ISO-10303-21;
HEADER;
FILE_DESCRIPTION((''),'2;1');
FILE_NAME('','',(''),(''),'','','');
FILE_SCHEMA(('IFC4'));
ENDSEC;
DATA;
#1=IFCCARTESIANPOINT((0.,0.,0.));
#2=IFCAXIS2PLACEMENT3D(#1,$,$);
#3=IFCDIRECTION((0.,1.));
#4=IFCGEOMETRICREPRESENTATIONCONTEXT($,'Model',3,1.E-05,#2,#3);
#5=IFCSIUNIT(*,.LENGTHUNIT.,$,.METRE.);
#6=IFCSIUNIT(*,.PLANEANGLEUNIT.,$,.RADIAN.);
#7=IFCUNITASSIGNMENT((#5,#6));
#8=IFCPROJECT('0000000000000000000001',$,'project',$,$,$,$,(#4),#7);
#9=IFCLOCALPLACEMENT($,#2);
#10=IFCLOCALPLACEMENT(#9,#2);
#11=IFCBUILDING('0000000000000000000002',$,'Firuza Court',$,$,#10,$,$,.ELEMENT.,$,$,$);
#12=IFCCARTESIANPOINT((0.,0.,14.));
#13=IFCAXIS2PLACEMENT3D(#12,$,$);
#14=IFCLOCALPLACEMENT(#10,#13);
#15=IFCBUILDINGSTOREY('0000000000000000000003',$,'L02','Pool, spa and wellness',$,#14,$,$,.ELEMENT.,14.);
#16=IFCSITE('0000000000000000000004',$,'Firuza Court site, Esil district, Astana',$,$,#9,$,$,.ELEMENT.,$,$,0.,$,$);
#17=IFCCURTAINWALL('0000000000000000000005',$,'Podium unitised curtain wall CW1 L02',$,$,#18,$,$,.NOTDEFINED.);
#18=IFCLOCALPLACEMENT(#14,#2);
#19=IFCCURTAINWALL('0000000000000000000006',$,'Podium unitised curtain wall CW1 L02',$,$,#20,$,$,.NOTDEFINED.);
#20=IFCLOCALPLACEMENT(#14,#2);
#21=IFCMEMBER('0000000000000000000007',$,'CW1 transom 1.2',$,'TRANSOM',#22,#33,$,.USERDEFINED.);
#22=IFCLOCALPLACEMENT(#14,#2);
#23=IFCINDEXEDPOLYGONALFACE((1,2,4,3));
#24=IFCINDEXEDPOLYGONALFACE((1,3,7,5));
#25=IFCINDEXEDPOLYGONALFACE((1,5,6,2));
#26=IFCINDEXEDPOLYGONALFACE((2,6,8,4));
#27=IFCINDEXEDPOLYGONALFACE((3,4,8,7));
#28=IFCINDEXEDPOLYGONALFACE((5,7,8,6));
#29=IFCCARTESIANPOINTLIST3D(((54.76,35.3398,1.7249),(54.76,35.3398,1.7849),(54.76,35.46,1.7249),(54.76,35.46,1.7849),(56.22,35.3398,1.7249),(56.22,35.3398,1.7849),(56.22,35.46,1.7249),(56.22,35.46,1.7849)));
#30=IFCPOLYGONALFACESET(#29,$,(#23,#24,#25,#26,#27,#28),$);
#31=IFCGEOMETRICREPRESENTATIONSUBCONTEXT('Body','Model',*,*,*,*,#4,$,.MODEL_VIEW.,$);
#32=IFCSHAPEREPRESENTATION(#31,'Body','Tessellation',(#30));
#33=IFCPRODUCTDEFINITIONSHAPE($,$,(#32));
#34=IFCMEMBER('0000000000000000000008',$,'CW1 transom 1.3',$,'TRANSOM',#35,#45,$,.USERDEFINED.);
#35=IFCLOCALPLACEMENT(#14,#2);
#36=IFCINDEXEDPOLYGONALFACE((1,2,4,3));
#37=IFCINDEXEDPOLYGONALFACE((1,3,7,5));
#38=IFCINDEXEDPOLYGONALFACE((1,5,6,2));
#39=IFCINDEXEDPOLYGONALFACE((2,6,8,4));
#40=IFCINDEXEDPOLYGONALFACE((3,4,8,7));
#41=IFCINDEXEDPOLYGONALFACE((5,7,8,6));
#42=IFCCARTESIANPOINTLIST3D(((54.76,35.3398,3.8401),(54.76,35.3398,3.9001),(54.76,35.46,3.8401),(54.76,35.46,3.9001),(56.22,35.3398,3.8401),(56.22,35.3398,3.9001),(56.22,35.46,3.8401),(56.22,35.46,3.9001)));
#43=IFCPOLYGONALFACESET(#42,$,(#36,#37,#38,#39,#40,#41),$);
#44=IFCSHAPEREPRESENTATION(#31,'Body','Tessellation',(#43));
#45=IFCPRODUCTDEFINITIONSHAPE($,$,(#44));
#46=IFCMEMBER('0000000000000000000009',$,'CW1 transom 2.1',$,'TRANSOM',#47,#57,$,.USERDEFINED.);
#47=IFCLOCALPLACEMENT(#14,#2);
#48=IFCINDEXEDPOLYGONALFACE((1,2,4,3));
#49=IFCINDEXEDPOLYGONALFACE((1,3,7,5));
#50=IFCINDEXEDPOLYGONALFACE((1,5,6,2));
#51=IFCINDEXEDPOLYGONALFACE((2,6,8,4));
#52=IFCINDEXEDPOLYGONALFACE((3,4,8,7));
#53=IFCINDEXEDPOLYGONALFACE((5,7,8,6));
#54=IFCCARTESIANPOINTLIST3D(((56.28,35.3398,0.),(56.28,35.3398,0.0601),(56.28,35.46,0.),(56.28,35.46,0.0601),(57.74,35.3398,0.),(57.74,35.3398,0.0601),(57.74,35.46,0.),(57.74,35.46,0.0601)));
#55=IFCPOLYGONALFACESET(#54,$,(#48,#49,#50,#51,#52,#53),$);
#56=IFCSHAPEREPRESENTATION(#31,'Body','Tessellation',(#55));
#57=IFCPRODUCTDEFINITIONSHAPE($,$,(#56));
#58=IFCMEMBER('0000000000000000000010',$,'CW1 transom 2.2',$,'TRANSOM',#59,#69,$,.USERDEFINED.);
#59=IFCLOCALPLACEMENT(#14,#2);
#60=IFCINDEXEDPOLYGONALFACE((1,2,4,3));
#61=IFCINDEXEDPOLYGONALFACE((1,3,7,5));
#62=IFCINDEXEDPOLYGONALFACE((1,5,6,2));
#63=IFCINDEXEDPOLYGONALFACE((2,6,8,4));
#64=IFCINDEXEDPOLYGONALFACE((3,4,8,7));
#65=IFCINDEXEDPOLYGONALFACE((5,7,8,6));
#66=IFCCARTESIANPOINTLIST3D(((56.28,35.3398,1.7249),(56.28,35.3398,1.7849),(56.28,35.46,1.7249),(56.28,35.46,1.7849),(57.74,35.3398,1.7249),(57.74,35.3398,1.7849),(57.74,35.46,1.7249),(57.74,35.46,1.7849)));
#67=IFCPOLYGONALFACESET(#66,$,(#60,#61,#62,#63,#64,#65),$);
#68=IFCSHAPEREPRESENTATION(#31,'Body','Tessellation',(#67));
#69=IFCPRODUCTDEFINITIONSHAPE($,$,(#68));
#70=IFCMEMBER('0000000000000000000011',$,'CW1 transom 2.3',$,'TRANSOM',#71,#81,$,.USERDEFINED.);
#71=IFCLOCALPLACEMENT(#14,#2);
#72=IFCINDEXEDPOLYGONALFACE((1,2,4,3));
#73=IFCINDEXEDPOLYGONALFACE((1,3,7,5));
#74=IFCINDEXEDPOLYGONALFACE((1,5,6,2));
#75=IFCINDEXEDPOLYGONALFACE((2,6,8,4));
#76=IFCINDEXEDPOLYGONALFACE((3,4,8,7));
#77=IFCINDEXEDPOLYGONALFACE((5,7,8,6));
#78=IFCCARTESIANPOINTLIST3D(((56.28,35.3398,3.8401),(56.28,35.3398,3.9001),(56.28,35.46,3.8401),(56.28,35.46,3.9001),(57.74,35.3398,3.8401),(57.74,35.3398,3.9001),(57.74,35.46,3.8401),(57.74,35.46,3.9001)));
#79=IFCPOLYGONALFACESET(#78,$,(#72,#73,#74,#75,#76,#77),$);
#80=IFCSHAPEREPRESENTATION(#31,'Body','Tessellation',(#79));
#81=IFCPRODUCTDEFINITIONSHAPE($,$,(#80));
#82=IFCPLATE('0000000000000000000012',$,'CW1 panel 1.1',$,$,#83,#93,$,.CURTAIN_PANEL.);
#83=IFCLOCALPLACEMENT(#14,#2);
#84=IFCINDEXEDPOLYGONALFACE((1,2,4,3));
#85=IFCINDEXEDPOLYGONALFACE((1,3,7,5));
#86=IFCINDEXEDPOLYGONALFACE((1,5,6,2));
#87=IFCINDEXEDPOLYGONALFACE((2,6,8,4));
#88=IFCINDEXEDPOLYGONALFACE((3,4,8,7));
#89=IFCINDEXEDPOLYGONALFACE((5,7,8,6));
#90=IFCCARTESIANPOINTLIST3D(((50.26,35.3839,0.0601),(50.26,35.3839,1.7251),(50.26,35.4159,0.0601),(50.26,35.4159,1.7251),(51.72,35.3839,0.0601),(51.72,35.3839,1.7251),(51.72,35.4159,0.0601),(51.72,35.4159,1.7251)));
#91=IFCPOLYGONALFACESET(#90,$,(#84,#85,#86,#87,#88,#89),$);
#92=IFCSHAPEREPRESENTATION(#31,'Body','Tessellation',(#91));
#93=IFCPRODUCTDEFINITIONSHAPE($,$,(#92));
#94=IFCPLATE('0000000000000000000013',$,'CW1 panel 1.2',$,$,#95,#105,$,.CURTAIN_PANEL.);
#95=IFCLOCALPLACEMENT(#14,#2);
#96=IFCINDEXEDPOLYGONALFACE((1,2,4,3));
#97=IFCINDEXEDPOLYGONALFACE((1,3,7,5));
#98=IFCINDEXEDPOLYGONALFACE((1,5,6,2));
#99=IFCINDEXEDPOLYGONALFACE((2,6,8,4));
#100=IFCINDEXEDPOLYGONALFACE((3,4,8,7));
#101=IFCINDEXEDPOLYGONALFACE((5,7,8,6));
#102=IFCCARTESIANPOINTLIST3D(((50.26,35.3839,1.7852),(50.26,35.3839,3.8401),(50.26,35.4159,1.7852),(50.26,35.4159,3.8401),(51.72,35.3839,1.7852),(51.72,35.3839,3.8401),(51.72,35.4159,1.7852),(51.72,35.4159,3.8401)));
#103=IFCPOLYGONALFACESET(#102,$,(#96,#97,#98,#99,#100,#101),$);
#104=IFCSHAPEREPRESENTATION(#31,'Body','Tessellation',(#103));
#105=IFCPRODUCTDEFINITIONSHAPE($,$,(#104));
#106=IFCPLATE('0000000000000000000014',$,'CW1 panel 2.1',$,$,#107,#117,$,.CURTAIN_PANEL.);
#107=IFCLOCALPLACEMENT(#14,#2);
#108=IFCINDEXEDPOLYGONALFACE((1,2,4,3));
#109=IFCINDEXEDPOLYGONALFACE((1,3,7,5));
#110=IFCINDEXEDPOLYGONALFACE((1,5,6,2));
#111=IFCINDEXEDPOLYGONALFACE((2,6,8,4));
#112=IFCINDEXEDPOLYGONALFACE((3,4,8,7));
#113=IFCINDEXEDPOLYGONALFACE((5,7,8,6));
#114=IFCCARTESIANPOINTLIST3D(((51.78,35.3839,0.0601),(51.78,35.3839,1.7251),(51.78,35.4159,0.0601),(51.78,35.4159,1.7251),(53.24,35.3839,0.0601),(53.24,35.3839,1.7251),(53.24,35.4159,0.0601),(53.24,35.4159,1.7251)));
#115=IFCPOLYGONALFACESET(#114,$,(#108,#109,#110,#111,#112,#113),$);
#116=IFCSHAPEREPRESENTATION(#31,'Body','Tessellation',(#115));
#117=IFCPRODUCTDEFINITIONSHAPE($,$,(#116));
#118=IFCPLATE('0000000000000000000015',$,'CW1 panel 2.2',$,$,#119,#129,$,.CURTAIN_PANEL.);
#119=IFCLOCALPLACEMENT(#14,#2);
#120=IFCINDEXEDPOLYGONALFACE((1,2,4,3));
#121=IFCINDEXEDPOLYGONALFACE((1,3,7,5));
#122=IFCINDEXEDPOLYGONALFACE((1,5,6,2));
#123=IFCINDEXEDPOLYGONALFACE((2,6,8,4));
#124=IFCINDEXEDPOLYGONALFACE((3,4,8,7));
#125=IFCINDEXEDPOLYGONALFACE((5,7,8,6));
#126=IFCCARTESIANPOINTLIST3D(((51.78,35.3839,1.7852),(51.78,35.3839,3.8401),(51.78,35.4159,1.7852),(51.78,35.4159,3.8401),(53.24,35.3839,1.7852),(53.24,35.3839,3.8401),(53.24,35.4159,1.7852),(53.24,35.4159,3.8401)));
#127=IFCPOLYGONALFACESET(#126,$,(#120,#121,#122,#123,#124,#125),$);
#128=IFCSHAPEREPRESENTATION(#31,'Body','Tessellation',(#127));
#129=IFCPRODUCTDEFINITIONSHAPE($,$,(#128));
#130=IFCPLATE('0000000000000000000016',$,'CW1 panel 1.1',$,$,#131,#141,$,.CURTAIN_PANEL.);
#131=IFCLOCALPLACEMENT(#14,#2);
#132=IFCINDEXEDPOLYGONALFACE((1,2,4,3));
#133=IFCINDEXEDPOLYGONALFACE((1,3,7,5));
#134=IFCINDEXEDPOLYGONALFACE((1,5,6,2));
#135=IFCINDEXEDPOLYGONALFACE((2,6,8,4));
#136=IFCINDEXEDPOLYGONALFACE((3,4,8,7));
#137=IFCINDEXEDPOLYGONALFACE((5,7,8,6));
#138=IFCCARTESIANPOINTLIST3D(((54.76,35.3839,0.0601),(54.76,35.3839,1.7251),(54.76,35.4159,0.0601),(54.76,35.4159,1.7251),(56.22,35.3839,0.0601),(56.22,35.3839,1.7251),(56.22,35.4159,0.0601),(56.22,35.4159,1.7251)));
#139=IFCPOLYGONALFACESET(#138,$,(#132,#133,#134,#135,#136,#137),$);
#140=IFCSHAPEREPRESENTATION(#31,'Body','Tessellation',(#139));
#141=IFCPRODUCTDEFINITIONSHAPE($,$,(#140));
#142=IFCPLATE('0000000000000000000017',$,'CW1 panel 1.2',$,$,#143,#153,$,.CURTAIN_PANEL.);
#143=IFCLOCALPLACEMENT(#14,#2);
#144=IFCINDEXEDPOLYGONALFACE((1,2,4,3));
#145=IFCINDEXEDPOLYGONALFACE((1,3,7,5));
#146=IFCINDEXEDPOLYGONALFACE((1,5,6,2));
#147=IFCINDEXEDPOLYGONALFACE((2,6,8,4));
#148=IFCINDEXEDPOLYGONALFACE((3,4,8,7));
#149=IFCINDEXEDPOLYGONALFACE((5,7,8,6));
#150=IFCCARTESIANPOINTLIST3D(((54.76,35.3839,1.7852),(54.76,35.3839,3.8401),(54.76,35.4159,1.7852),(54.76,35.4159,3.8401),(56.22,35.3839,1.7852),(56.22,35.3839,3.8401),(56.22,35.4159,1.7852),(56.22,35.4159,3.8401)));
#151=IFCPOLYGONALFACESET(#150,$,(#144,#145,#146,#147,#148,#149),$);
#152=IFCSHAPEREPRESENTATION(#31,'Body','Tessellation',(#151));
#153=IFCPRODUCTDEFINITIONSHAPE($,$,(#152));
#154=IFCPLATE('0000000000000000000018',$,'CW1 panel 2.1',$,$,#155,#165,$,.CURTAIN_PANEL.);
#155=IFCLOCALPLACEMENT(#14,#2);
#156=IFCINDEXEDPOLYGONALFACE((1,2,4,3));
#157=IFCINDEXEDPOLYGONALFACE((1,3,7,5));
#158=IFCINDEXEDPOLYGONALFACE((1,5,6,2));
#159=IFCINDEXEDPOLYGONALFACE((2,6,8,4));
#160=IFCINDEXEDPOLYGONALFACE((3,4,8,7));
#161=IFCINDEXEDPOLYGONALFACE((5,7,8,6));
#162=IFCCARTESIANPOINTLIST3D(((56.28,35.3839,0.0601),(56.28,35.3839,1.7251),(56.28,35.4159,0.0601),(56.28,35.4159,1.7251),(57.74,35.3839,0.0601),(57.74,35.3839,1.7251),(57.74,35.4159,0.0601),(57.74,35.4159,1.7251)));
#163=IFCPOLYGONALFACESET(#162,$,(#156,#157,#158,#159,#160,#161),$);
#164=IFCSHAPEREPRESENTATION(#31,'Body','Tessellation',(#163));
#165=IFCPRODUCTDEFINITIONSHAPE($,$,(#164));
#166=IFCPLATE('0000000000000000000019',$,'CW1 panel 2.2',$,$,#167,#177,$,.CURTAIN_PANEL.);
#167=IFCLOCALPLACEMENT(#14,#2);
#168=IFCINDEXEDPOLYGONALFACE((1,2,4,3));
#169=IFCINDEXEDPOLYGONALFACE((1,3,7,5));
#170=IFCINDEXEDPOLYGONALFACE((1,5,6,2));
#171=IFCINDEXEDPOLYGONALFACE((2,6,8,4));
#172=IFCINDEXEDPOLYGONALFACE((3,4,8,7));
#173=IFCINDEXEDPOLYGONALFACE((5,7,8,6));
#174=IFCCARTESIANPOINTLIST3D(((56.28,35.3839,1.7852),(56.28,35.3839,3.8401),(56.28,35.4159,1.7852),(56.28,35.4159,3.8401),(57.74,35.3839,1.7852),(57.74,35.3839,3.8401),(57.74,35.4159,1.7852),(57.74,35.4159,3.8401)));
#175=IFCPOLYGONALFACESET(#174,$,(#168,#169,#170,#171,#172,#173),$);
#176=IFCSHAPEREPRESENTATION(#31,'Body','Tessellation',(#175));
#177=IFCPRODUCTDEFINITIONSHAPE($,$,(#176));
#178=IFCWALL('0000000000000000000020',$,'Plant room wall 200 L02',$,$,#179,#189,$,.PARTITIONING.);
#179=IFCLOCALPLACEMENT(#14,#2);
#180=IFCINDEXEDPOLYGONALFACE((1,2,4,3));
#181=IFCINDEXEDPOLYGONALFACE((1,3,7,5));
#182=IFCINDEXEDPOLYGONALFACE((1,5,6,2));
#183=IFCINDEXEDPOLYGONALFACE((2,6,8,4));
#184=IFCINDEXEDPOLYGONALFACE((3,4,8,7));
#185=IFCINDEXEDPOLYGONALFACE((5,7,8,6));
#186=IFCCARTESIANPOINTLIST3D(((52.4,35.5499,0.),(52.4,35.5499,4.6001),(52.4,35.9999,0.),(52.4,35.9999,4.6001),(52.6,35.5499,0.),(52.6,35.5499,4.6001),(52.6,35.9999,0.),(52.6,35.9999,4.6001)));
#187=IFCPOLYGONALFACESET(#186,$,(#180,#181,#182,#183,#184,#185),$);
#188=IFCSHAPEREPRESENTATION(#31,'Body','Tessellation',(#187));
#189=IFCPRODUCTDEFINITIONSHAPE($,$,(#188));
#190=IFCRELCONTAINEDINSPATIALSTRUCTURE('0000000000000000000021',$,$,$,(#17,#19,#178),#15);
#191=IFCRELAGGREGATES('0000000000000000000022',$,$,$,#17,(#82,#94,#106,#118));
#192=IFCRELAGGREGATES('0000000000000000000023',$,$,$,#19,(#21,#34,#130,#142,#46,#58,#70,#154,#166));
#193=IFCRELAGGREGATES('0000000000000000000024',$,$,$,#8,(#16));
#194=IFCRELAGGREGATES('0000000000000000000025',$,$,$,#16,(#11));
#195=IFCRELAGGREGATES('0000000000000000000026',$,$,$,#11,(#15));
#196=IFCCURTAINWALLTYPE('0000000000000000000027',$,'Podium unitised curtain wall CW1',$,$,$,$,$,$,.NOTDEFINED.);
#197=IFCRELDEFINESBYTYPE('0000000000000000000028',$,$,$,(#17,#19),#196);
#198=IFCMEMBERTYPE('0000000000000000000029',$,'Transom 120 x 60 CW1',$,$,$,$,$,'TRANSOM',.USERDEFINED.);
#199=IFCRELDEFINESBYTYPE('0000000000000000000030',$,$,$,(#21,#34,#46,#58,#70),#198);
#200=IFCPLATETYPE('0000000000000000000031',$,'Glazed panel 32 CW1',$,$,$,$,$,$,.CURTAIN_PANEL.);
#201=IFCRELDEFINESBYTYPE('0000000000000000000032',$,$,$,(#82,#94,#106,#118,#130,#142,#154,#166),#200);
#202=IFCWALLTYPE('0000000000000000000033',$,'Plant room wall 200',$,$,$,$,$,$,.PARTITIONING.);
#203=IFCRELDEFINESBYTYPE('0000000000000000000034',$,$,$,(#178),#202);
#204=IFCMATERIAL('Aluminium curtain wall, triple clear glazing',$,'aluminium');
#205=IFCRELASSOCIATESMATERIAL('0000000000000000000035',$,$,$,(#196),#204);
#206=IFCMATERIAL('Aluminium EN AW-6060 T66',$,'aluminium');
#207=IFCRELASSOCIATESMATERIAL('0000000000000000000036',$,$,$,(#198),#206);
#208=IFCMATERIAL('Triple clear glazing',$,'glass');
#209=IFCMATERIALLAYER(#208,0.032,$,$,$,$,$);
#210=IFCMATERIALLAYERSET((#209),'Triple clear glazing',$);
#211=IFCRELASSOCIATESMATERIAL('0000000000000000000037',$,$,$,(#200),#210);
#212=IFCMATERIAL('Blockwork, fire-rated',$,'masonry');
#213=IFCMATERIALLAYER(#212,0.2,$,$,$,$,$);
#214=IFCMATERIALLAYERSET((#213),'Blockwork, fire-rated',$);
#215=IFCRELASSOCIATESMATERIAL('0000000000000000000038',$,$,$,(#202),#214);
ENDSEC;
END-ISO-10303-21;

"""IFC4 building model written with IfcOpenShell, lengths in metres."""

from ifc_helpers import new_model, si_unit, direction, frame, frame_2d, origin, origin_2d, place, context, subcontext, project, spatial, rectangle, extrude, material, layer, layer_set, material_profile, profile_set, type_object, element, aggregate, save


model = new_model("IFC4")

# Units and contexts
model_context = context("Model", 3, precision=1e-05, world=origin(), true_north=direction((0.0, 1.0)))
body_context = subcontext(model_context, "Body", "Model", "MODEL_VIEW")
ifc_project = project(units=[si_unit("LENGTHUNIT", "METRE"), si_unit("PLANEANGLEUNIT", "RADIAN")], contexts=[model_context])

# Site, building, storey
site_placement = place(None, origin())
site = spatial("IfcSite", under=ifc_project, at=site_placement, Name="Firuza Court site, Esil district, Astana", CompositionType="ELEMENT", RefElevation=0.0)
building_placement = place(site_placement, origin())
building = spatial("IfcBuilding", under=site, at=building_placement, Name="Firuza Court", CompositionType="ELEMENT")
storey_placement = place(building_placement, frame((0.0, 0.0, 14.0)))
storey = spatial("IfcBuildingStorey", under=building, at=storey_placement, Name="L02", Description="Pool, spa and wellness", CompositionType="ELEMENT", Elevation=14.0)

# Curtain walls
ifc_material_1 = material(Name="Aluminium curtain wall, triple clear glazing", Category="aluminium")
curtain_wall_type = type_object("IfcCurtainWallType", Name="Podium unitised curtain wall CW1", PredefinedType="NOTDEFINED", material=ifc_material_1)
curtain_wall_1_placement = place(storey_placement, origin())
curtain_wall_1 = element("IfcCurtainWall", 1, at=curtain_wall_1_placement, inside=storey, type_object=curtain_wall_type, Name="Podium unitised curtain wall CW1 L02", PredefinedType="NOTDEFINED")
curtain_wall_2_placement = place(storey_placement, origin())
curtain_wall_2 = element("IfcCurtainWall", 2, at=curtain_wall_2_placement, inside=storey, type_object=curtain_wall_type, Name="Podium unitised curtain wall CW1 L02", PredefinedType="NOTDEFINED")

# Members
ifc_material_2 = material(Name="Aluminium EN AW-6060 T66", Category="aluminium")
ifc_material_profile_1 = material_profile(ifc_material_2, rectangle(XDim=0.1201, YDim=0.0601, at=origin_2d()), Name="Transom 120 x 60 CW1")
ifc_profile_set_1 = profile_set([ifc_material_profile_1], Name="Aluminium EN AW-6060 T66")
member_type_1 = type_object("IfcMemberType", Name="Transom 120 x 60 CW1", ElementType="TRANSOM", PredefinedType="USERDEFINED", material=ifc_profile_set_1)
member_1_placement = place(storey_placement, frame((54.76, 35.3999, 1.7549), z_axis=(1.0, 0.0, 0.0), x_axis=(0.0, 1.0, 0.0)))
member_1 = element("IfcMember", 3, at=member_1_placement, type_object=member_type_1, Name="CW1 transom 1.2", ObjectType="TRANSOM", PredefinedType="USERDEFINED", context=body_context, shape_type="SweptSolid", body=[
    extrude(rectangle(XDim=0.1201, YDim=0.0601, at=origin_2d()), origin(), (0.0, 0.0, 1.0), 1.46),
])
member_2_placement = place(storey_placement, frame((54.76, 35.3999, 3.8701), z_axis=(1.0, 0.0, 0.0), x_axis=(0.0, 1.0, 0.0)))
member_2 = element("IfcMember", 4, at=member_2_placement, type_object=member_type_1, Name="CW1 transom 1.3", ObjectType="TRANSOM", PredefinedType="USERDEFINED", context=body_context, shape_type="SweptSolid", body=[
    extrude(rectangle(XDim=0.1201, YDim=0.0601, at=origin_2d()), origin(), (0.0, 0.0, 1.0), 1.46),
])
member_3_placement = place(storey_placement, frame((56.28, 35.3999, 0.03), z_axis=(1.0, 0.0, 0.0), x_axis=(0.0, 1.0, 0.0)))
member_3 = element("IfcMember", 5, at=member_3_placement, type_object=member_type_1, Name="CW1 transom 2.1", ObjectType="TRANSOM", PredefinedType="USERDEFINED", context=body_context, shape_type="SweptSolid", body=[
    extrude(rectangle(XDim=0.1201, YDim=0.0601, at=origin_2d()), origin(), (0.0, 0.0, 1.0), 1.46),
])
member_4_placement = place(storey_placement, frame((56.28, 35.3999, 1.7549), z_axis=(1.0, 0.0, 0.0), x_axis=(0.0, 1.0, 0.0)))
member_4 = element("IfcMember", 6, at=member_4_placement, type_object=member_type_1, Name="CW1 transom 2.2", ObjectType="TRANSOM", PredefinedType="USERDEFINED", context=body_context, shape_type="SweptSolid", body=[
    extrude(rectangle(XDim=0.1201, YDim=0.0601, at=origin_2d()), origin(), (0.0, 0.0, 1.0), 1.46),
])
member_5_placement = place(storey_placement, frame((56.28, 35.3999, 3.8701), z_axis=(1.0, 0.0, 0.0), x_axis=(0.0, 1.0, 0.0)))
member_5 = element("IfcMember", 7, at=member_5_placement, type_object=member_type_1, Name="CW1 transom 2.3", ObjectType="TRANSOM", PredefinedType="USERDEFINED", context=body_context, shape_type="SweptSolid", body=[
    extrude(rectangle(XDim=0.1201, YDim=0.0601, at=origin_2d()), origin(), (0.0, 0.0, 1.0), 1.46),
])

# Plates
ifc_material_3 = material(Name="Triple clear glazing", Category="glass")
ifc_layer_1 = layer(ifc_material_3, 0.032)
ifc_layer_set_1 = layer_set([ifc_layer_1], Name="Triple clear glazing")
plate_type = type_object("IfcPlateType", Name="Glazed panel 32 CW1", PredefinedType="CURTAIN_PANEL", material=ifc_layer_set_1)
plate_1_placement = place(storey_placement, frame((50.99, 35.3999, 0.0601), z_axis=(0.0, 0.0, 1.0), x_axis=(1.0, 0.0, 0.0)))
plate_1 = element("IfcPlate", 8, at=plate_1_placement, type_object=plate_type, Name="CW1 panel 1.1", PredefinedType="CURTAIN_PANEL", context=body_context, shape_type="SweptSolid", body=[
    extrude(rectangle(XDim=1.46, YDim=0.032, at=origin_2d()), origin(), (0.0, 0.0, 1.0), 1.665),
])
plate_2_placement = place(storey_placement, frame((50.99, 35.3999, 1.7852), z_axis=(0.0, 0.0, 1.0), x_axis=(1.0, 0.0, 0.0)))
plate_2 = element("IfcPlate", 9, at=plate_2_placement, type_object=plate_type, Name="CW1 panel 1.2", PredefinedType="CURTAIN_PANEL", context=body_context, shape_type="SweptSolid", body=[
    extrude(rectangle(XDim=1.46, YDim=0.032, at=origin_2d()), origin(), (0.0, 0.0, 1.0), 2.0549),
])
plate_3_placement = place(storey_placement, frame((52.51, 35.3999, 0.0601), z_axis=(0.0, 0.0, 1.0), x_axis=(1.0, 0.0, 0.0)))
plate_3 = element("IfcPlate", 10, at=plate_3_placement, type_object=plate_type, Name="CW1 panel 2.1", PredefinedType="CURTAIN_PANEL", context=body_context, shape_type="SweptSolid", body=[
    extrude(rectangle(XDim=1.46, YDim=0.032, at=origin_2d()), origin(), (0.0, 0.0, 1.0), 1.665),
])
plate_4_placement = place(storey_placement, frame((52.51, 35.3999, 1.7852), z_axis=(0.0, 0.0, 1.0), x_axis=(1.0, 0.0, 0.0)))
plate_4 = element("IfcPlate", 11, at=plate_4_placement, type_object=plate_type, Name="CW1 panel 2.2", PredefinedType="CURTAIN_PANEL", context=body_context, shape_type="SweptSolid", body=[
    extrude(rectangle(XDim=1.46, YDim=0.032, at=origin_2d()), origin(), (0.0, 0.0, 1.0), 2.0549),
])
aggregate(curtain_wall_1, [plate_1, plate_2, plate_3, plate_4])
plate_5_placement = place(storey_placement, frame((55.49, 35.3999, 0.0601), z_axis=(0.0, 0.0, 1.0), x_axis=(1.0, 0.0, 0.0)))
plate_5 = element("IfcPlate", 12, at=plate_5_placement, type_object=plate_type, Name="CW1 panel 1.1", PredefinedType="CURTAIN_PANEL", context=body_context, shape_type="SweptSolid", body=[
    extrude(rectangle(XDim=1.46, YDim=0.032, at=origin_2d()), origin(), (0.0, 0.0, 1.0), 1.665),
])
plate_6_placement = place(storey_placement, frame((55.49, 35.3999, 1.7852), z_axis=(0.0, 0.0, 1.0), x_axis=(1.0, 0.0, 0.0)))
plate_6 = element("IfcPlate", 13, at=plate_6_placement, type_object=plate_type, Name="CW1 panel 1.2", PredefinedType="CURTAIN_PANEL", context=body_context, shape_type="SweptSolid", body=[
    extrude(rectangle(XDim=1.46, YDim=0.032, at=origin_2d()), origin(), (0.0, 0.0, 1.0), 2.0549),
])
plate_7_placement = place(storey_placement, frame((57.01, 35.3999, 0.0601), z_axis=(0.0, 0.0, 1.0), x_axis=(1.0, 0.0, 0.0)))
plate_7 = element("IfcPlate", 14, at=plate_7_placement, type_object=plate_type, Name="CW1 panel 2.1", PredefinedType="CURTAIN_PANEL", context=body_context, shape_type="SweptSolid", body=[
    extrude(rectangle(XDim=1.46, YDim=0.032, at=origin_2d()), origin(), (0.0, 0.0, 1.0), 1.665),
])
plate_8_placement = place(storey_placement, frame((57.01, 35.3999, 1.7852), z_axis=(0.0, 0.0, 1.0), x_axis=(1.0, 0.0, 0.0)))
plate_8 = element("IfcPlate", 15, at=plate_8_placement, type_object=plate_type, Name="CW1 panel 2.2", PredefinedType="CURTAIN_PANEL", context=body_context, shape_type="SweptSolid", body=[
    extrude(rectangle(XDim=1.46, YDim=0.032, at=origin_2d()), origin(), (0.0, 0.0, 1.0), 2.0549),
])
aggregate(curtain_wall_2, [member_1, member_2, plate_5, plate_6, member_3, member_4, member_5, plate_7, plate_8])

# Wall
ifc_material_4 = material(Name="Blockwork, fire-rated", Category="masonry")
ifc_layer_2 = layer(ifc_material_4, 0.2)
ifc_layer_set_2 = layer_set([ifc_layer_2], Name="Blockwork, fire-rated")
wall_type = type_object("IfcWallType", Name="Plant room wall 200", PredefinedType="PARTITIONING", material=ifc_layer_set_2)
wall_placement = place(storey_placement, frame((52.5, 36.0, 0.0), z_axis=(0.0, 0.0, 1.0), x_axis=(0.0, -1.0, 0.0)))
element("IfcWall", 16, at=wall_placement, inside=storey, type_object=wall_type, Name="Plant room wall 200 L02", PredefinedType="PARTITIONING", context=body_context, shape_type="SweptSolid", body=[
    extrude(rectangle(XDim=0.45, YDim=0.2, at=frame_2d((0.2251, 0.0))), origin(), (0.0, 0.0, 1.0), 4.6001),
])

save(model, "model.ifc")
